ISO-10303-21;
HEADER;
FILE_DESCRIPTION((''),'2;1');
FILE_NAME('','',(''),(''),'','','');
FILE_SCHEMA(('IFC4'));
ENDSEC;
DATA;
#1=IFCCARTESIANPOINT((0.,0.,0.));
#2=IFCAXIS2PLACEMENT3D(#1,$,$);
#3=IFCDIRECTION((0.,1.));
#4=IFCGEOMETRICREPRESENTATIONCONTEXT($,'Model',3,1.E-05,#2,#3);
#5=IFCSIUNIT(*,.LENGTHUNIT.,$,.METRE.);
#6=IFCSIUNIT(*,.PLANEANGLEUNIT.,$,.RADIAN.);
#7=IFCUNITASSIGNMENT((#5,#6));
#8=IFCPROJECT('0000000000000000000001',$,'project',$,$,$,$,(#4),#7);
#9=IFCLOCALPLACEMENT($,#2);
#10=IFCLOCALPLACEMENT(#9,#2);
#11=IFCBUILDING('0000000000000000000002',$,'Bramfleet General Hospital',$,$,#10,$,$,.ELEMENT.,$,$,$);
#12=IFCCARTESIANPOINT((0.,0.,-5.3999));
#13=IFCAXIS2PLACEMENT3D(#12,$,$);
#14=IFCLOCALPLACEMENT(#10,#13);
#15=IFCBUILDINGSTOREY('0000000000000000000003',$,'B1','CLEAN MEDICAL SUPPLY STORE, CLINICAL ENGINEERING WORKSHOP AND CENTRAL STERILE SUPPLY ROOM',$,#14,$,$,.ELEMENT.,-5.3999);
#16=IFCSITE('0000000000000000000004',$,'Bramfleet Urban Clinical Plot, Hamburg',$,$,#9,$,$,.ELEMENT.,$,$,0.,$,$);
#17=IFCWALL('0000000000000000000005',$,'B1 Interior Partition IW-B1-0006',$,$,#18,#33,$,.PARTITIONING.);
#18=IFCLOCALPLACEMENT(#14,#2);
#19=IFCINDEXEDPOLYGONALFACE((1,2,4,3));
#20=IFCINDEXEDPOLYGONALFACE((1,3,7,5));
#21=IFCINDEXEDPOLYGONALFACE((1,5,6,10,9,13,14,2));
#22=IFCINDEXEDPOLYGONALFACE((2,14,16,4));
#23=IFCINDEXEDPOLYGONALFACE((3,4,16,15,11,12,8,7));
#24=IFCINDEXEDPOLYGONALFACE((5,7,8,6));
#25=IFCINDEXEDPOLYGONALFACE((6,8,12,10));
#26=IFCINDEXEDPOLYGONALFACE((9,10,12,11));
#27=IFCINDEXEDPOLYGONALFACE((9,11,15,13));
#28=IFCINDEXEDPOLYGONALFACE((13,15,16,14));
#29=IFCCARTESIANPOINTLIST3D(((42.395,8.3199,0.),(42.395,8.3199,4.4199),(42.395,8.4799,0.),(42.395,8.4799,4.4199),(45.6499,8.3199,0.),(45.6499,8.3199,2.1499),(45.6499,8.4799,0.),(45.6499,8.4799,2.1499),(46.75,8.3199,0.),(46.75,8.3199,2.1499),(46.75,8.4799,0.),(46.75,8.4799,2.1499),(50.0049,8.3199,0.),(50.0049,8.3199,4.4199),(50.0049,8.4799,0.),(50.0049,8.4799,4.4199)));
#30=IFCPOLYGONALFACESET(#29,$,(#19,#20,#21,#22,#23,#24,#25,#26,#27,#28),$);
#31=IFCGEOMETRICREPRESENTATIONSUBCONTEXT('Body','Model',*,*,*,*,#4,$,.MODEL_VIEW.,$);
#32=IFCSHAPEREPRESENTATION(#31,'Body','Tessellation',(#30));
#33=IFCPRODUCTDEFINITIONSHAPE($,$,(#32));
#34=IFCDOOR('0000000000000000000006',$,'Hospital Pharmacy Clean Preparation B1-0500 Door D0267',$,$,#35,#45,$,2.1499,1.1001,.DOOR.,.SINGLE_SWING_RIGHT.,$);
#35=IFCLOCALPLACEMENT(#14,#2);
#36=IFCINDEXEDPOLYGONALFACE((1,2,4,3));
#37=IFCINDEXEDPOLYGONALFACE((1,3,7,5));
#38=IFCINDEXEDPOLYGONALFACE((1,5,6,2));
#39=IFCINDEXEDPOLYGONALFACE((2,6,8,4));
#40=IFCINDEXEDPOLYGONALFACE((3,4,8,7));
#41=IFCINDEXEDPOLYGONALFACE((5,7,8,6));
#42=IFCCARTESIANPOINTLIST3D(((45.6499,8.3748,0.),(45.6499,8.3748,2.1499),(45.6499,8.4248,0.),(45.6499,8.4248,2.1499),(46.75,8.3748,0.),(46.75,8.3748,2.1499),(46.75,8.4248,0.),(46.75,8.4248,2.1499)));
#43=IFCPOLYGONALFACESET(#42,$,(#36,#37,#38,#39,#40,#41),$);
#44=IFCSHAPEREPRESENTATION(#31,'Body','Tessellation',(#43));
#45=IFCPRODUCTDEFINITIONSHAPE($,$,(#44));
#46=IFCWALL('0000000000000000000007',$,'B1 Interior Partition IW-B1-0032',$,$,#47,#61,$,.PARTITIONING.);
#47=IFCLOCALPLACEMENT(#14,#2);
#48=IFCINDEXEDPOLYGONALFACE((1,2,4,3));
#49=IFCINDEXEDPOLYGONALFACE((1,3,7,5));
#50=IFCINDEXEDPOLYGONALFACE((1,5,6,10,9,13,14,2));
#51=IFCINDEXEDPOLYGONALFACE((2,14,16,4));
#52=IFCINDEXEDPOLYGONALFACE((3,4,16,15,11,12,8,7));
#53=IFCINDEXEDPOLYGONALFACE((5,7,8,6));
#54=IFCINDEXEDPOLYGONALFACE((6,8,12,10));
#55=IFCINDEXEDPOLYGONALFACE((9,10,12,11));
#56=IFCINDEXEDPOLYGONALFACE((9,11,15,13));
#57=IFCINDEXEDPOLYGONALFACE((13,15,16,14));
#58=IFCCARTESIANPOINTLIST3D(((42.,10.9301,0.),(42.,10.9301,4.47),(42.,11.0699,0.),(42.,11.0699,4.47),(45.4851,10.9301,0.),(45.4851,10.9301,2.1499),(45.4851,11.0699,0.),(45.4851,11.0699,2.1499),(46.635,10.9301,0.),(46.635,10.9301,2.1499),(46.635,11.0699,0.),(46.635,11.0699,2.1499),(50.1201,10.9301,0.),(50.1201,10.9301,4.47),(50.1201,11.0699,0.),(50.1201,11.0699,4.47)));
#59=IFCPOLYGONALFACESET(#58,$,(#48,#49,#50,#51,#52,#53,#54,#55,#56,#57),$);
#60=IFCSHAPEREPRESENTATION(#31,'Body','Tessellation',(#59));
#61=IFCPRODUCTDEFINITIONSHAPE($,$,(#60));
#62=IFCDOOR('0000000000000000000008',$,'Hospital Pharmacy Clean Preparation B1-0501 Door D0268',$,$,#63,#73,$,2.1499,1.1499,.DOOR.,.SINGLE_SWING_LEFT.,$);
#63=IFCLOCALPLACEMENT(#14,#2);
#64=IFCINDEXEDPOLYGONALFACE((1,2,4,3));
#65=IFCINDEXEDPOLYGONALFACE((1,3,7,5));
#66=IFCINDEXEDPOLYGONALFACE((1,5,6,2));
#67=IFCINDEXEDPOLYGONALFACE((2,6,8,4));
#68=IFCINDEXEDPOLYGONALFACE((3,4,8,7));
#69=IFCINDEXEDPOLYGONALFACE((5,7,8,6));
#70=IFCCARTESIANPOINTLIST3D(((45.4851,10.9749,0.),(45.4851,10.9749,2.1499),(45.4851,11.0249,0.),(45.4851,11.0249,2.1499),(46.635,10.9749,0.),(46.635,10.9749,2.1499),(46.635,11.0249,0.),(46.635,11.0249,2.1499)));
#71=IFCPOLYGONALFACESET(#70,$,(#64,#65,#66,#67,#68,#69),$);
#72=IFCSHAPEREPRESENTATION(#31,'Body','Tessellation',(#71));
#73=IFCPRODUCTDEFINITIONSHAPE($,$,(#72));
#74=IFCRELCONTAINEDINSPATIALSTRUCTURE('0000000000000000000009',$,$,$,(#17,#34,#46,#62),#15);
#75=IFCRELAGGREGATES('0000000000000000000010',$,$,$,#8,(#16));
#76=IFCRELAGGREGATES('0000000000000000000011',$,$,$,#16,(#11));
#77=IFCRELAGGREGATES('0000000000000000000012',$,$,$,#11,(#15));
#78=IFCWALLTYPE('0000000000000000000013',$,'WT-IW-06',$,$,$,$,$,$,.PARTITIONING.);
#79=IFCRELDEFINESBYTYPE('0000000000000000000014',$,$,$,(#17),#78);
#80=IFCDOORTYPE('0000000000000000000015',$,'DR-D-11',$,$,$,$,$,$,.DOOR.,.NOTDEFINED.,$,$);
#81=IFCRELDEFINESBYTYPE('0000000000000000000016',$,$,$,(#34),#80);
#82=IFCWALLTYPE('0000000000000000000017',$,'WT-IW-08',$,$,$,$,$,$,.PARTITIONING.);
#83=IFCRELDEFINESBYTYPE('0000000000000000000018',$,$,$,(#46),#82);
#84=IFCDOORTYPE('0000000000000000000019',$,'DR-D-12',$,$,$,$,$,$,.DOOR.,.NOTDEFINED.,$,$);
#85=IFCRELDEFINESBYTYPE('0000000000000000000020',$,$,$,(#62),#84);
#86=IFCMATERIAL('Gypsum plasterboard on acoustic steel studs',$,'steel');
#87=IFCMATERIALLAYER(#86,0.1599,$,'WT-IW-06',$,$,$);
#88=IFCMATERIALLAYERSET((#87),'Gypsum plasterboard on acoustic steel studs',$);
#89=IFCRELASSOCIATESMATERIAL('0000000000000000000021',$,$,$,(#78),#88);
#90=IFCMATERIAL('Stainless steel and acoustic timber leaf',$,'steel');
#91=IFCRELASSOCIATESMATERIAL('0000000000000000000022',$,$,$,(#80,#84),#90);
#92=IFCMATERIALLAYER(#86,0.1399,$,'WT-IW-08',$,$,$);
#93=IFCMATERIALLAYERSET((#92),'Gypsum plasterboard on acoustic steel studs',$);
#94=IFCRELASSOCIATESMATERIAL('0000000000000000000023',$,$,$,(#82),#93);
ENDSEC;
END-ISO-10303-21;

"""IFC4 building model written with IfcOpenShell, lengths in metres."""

from ifc_helpers import new_model, si_unit, direction, frame, frame_2d, origin, place, context, subcontext, project, spatial, rectangle, extrude, material, layer, layer_set, type_object, element, fill, save


model = new_model("IFC4")

# Units and contexts
model_context = context("Model", 3, precision=1e-05, world=origin(), true_north=direction((0.0, 1.0)))
body_context = subcontext(model_context, "Body", "Model", "MODEL_VIEW")
ifc_project = project(units=[si_unit("LENGTHUNIT", "METRE"), si_unit("PLANEANGLEUNIT", "RADIAN")], contexts=[model_context])

# Site, building, storey
site_placement = place(None, origin())
site = spatial("IfcSite", under=ifc_project, at=site_placement, Name="Bramfleet Urban Clinical Plot, Hamburg", CompositionType="ELEMENT", RefElevation=0.0)
building_placement = place(site_placement, origin())
building = spatial("IfcBuilding", under=site, at=building_placement, Name="Bramfleet General Hospital", CompositionType="ELEMENT")
storey_placement = place(building_placement, frame((0.0, 0.0, -5.3999)))
storey = spatial("IfcBuildingStorey", under=building, at=storey_placement, Name="B1", Description="CLEAN MEDICAL SUPPLY STORE, CLINICAL ENGINEERING WORKSHOP AND CENTRAL STERILE SUPPLY ROOM", CompositionType="ELEMENT", Elevation=-5.3999)

# Shared definitions
ifc_material_1 = material(Name="Stainless steel and acoustic timber leaf", Category="steel")

# Walls, openings, doors
ifc_material_2 = material(Name="Gypsum plasterboard on acoustic steel studs", Category="steel")
ifc_layer_1 = layer(ifc_material_2, 0.1599, Name="WT-IW-06")
ifc_layer_set_1 = layer_set([ifc_layer_1], Name="Gypsum plasterboard on acoustic steel studs")
wall_type_1 = type_object("IfcWallType", Name="WT-IW-06", PredefinedType="PARTITIONING", material=ifc_layer_set_1)
wall_1_placement = place(storey_placement, frame((42.395, 8.3999, 0.0), z_axis=(0.0, 0.0, 1.0), x_axis=(1.0, 0.0, 0.0)))
wall_1 = element("IfcWall", 1, at=wall_1_placement, inside=storey, type_object=wall_type_1, Name="B1 Interior Partition IW-B1-0006", PredefinedType="PARTITIONING", context=body_context, shape_type="SweptSolid", body=[
    extrude(rectangle(XDim=7.6099, YDim=0.1599, at=frame_2d((3.8049, 0.0))), origin(), (0.0, 0.0, 1.0), 4.4199),
])
opening_1_placement = place(wall_1_placement, frame((3.2549, 0.0, 0.0)))
opening_1 = element("IfcOpeningElement", 2, at=opening_1_placement, cuts=wall_1, PredefinedType="OPENING", context=body_context, shape_type="SweptSolid", body=[
    extrude(rectangle(XDim=1.1001, YDim=2.1499, at=frame_2d((0.55, 1.075))), frame((0.0, 0.0898, 0.0), z_axis=(0.0, -1.0, 0.0), x_axis=(1.0, 0.0, 0.0)), (0.0, 0.0, 1.0), 0.1799),
])
door_type_1 = type_object("IfcDoorType", Name="DR-D-11", OperationType="NOTDEFINED", PredefinedType="DOOR", material=ifc_material_1)
door_1_placement = place(opening_1_placement, origin())
door_1 = element("IfcDoor", 3, at=door_1_placement, inside=storey, type_object=door_type_1, Name="Hospital Pharmacy Clean Preparation B1-0500 Door D0267", OperationType="SINGLE_SWING_RIGHT", OverallHeight=2.1499, OverallWidth=1.1001, PredefinedType="DOOR", context=body_context, shape_type="SweptSolid", body=[
    extrude(rectangle(XDim=1.1001, YDim=2.1499, at=frame_2d((0.55, 1.075))), frame((0.0, 0.0249, 0.0), z_axis=(0.0, -1.0, 0.0), x_axis=(1.0, 0.0, 0.0)), (0.0, 0.0, 1.0), 0.05),
])
fill(opening_1, door_1)
ifc_layer_2 = layer(ifc_material_2, 0.1399, Name="WT-IW-08")
ifc_layer_set_2 = layer_set([ifc_layer_2], Name="Gypsum plasterboard on acoustic steel studs")
wall_type_2 = type_object("IfcWallType", Name="WT-IW-08", PredefinedType="PARTITIONING", material=ifc_layer_set_2)
wall_2_placement = place(storey_placement, frame((42.0, 11.0, 0.0), z_axis=(0.0, 0.0, 1.0), x_axis=(1.0, 0.0, 0.0)))
wall_2 = element("IfcWall", 4, at=wall_2_placement, inside=storey, type_object=wall_type_2, Name="B1 Interior Partition IW-B1-0032", PredefinedType="PARTITIONING", context=body_context, shape_type="SweptSolid", body=[
    extrude(rectangle(XDim=8.1201, YDim=0.1399, at=frame_2d((4.0601, 0.0))), origin(), (0.0, 0.0, 1.0), 4.47),
])
opening_2_placement = place(wall_2_placement, frame((3.4851, 0.0, 0.0)))
opening_2 = element("IfcOpeningElement", 5, at=opening_2_placement, cuts=wall_2, PredefinedType="OPENING", context=body_context, shape_type="SweptSolid", body=[
    extrude(rectangle(XDim=1.1499, YDim=2.1499, at=frame_2d((0.575, 1.075))), frame((0.0, 0.0798, 0.0), z_axis=(0.0, -1.0, 0.0), x_axis=(1.0, 0.0, 0.0)), (0.0, 0.0, 1.0), 0.1599),
])
door_type_2 = type_object("IfcDoorType", Name="DR-D-12", OperationType="NOTDEFINED", PredefinedType="DOOR", material=ifc_material_1)
door_2_placement = place(opening_2_placement, origin())
door_2 = element("IfcDoor", 6, at=door_2_placement, inside=storey, type_object=door_type_2, Name="Hospital Pharmacy Clean Preparation B1-0501 Door D0268", OperationType="SINGLE_SWING_LEFT", OverallHeight=2.1499, OverallWidth=1.1499, PredefinedType="DOOR", context=body_context, shape_type="SweptSolid", body=[
    extrude(rectangle(XDim=1.1499, YDim=2.1499, at=frame_2d((0.575, 1.075))), frame((0.0, 0.0249, 0.0), z_axis=(0.0, -1.0, 0.0), x_axis=(1.0, 0.0, 0.0)), (0.0, 0.0, 1.0), 0.05),
])
fill(opening_2, door_2)

save(model, "model.ifc")
